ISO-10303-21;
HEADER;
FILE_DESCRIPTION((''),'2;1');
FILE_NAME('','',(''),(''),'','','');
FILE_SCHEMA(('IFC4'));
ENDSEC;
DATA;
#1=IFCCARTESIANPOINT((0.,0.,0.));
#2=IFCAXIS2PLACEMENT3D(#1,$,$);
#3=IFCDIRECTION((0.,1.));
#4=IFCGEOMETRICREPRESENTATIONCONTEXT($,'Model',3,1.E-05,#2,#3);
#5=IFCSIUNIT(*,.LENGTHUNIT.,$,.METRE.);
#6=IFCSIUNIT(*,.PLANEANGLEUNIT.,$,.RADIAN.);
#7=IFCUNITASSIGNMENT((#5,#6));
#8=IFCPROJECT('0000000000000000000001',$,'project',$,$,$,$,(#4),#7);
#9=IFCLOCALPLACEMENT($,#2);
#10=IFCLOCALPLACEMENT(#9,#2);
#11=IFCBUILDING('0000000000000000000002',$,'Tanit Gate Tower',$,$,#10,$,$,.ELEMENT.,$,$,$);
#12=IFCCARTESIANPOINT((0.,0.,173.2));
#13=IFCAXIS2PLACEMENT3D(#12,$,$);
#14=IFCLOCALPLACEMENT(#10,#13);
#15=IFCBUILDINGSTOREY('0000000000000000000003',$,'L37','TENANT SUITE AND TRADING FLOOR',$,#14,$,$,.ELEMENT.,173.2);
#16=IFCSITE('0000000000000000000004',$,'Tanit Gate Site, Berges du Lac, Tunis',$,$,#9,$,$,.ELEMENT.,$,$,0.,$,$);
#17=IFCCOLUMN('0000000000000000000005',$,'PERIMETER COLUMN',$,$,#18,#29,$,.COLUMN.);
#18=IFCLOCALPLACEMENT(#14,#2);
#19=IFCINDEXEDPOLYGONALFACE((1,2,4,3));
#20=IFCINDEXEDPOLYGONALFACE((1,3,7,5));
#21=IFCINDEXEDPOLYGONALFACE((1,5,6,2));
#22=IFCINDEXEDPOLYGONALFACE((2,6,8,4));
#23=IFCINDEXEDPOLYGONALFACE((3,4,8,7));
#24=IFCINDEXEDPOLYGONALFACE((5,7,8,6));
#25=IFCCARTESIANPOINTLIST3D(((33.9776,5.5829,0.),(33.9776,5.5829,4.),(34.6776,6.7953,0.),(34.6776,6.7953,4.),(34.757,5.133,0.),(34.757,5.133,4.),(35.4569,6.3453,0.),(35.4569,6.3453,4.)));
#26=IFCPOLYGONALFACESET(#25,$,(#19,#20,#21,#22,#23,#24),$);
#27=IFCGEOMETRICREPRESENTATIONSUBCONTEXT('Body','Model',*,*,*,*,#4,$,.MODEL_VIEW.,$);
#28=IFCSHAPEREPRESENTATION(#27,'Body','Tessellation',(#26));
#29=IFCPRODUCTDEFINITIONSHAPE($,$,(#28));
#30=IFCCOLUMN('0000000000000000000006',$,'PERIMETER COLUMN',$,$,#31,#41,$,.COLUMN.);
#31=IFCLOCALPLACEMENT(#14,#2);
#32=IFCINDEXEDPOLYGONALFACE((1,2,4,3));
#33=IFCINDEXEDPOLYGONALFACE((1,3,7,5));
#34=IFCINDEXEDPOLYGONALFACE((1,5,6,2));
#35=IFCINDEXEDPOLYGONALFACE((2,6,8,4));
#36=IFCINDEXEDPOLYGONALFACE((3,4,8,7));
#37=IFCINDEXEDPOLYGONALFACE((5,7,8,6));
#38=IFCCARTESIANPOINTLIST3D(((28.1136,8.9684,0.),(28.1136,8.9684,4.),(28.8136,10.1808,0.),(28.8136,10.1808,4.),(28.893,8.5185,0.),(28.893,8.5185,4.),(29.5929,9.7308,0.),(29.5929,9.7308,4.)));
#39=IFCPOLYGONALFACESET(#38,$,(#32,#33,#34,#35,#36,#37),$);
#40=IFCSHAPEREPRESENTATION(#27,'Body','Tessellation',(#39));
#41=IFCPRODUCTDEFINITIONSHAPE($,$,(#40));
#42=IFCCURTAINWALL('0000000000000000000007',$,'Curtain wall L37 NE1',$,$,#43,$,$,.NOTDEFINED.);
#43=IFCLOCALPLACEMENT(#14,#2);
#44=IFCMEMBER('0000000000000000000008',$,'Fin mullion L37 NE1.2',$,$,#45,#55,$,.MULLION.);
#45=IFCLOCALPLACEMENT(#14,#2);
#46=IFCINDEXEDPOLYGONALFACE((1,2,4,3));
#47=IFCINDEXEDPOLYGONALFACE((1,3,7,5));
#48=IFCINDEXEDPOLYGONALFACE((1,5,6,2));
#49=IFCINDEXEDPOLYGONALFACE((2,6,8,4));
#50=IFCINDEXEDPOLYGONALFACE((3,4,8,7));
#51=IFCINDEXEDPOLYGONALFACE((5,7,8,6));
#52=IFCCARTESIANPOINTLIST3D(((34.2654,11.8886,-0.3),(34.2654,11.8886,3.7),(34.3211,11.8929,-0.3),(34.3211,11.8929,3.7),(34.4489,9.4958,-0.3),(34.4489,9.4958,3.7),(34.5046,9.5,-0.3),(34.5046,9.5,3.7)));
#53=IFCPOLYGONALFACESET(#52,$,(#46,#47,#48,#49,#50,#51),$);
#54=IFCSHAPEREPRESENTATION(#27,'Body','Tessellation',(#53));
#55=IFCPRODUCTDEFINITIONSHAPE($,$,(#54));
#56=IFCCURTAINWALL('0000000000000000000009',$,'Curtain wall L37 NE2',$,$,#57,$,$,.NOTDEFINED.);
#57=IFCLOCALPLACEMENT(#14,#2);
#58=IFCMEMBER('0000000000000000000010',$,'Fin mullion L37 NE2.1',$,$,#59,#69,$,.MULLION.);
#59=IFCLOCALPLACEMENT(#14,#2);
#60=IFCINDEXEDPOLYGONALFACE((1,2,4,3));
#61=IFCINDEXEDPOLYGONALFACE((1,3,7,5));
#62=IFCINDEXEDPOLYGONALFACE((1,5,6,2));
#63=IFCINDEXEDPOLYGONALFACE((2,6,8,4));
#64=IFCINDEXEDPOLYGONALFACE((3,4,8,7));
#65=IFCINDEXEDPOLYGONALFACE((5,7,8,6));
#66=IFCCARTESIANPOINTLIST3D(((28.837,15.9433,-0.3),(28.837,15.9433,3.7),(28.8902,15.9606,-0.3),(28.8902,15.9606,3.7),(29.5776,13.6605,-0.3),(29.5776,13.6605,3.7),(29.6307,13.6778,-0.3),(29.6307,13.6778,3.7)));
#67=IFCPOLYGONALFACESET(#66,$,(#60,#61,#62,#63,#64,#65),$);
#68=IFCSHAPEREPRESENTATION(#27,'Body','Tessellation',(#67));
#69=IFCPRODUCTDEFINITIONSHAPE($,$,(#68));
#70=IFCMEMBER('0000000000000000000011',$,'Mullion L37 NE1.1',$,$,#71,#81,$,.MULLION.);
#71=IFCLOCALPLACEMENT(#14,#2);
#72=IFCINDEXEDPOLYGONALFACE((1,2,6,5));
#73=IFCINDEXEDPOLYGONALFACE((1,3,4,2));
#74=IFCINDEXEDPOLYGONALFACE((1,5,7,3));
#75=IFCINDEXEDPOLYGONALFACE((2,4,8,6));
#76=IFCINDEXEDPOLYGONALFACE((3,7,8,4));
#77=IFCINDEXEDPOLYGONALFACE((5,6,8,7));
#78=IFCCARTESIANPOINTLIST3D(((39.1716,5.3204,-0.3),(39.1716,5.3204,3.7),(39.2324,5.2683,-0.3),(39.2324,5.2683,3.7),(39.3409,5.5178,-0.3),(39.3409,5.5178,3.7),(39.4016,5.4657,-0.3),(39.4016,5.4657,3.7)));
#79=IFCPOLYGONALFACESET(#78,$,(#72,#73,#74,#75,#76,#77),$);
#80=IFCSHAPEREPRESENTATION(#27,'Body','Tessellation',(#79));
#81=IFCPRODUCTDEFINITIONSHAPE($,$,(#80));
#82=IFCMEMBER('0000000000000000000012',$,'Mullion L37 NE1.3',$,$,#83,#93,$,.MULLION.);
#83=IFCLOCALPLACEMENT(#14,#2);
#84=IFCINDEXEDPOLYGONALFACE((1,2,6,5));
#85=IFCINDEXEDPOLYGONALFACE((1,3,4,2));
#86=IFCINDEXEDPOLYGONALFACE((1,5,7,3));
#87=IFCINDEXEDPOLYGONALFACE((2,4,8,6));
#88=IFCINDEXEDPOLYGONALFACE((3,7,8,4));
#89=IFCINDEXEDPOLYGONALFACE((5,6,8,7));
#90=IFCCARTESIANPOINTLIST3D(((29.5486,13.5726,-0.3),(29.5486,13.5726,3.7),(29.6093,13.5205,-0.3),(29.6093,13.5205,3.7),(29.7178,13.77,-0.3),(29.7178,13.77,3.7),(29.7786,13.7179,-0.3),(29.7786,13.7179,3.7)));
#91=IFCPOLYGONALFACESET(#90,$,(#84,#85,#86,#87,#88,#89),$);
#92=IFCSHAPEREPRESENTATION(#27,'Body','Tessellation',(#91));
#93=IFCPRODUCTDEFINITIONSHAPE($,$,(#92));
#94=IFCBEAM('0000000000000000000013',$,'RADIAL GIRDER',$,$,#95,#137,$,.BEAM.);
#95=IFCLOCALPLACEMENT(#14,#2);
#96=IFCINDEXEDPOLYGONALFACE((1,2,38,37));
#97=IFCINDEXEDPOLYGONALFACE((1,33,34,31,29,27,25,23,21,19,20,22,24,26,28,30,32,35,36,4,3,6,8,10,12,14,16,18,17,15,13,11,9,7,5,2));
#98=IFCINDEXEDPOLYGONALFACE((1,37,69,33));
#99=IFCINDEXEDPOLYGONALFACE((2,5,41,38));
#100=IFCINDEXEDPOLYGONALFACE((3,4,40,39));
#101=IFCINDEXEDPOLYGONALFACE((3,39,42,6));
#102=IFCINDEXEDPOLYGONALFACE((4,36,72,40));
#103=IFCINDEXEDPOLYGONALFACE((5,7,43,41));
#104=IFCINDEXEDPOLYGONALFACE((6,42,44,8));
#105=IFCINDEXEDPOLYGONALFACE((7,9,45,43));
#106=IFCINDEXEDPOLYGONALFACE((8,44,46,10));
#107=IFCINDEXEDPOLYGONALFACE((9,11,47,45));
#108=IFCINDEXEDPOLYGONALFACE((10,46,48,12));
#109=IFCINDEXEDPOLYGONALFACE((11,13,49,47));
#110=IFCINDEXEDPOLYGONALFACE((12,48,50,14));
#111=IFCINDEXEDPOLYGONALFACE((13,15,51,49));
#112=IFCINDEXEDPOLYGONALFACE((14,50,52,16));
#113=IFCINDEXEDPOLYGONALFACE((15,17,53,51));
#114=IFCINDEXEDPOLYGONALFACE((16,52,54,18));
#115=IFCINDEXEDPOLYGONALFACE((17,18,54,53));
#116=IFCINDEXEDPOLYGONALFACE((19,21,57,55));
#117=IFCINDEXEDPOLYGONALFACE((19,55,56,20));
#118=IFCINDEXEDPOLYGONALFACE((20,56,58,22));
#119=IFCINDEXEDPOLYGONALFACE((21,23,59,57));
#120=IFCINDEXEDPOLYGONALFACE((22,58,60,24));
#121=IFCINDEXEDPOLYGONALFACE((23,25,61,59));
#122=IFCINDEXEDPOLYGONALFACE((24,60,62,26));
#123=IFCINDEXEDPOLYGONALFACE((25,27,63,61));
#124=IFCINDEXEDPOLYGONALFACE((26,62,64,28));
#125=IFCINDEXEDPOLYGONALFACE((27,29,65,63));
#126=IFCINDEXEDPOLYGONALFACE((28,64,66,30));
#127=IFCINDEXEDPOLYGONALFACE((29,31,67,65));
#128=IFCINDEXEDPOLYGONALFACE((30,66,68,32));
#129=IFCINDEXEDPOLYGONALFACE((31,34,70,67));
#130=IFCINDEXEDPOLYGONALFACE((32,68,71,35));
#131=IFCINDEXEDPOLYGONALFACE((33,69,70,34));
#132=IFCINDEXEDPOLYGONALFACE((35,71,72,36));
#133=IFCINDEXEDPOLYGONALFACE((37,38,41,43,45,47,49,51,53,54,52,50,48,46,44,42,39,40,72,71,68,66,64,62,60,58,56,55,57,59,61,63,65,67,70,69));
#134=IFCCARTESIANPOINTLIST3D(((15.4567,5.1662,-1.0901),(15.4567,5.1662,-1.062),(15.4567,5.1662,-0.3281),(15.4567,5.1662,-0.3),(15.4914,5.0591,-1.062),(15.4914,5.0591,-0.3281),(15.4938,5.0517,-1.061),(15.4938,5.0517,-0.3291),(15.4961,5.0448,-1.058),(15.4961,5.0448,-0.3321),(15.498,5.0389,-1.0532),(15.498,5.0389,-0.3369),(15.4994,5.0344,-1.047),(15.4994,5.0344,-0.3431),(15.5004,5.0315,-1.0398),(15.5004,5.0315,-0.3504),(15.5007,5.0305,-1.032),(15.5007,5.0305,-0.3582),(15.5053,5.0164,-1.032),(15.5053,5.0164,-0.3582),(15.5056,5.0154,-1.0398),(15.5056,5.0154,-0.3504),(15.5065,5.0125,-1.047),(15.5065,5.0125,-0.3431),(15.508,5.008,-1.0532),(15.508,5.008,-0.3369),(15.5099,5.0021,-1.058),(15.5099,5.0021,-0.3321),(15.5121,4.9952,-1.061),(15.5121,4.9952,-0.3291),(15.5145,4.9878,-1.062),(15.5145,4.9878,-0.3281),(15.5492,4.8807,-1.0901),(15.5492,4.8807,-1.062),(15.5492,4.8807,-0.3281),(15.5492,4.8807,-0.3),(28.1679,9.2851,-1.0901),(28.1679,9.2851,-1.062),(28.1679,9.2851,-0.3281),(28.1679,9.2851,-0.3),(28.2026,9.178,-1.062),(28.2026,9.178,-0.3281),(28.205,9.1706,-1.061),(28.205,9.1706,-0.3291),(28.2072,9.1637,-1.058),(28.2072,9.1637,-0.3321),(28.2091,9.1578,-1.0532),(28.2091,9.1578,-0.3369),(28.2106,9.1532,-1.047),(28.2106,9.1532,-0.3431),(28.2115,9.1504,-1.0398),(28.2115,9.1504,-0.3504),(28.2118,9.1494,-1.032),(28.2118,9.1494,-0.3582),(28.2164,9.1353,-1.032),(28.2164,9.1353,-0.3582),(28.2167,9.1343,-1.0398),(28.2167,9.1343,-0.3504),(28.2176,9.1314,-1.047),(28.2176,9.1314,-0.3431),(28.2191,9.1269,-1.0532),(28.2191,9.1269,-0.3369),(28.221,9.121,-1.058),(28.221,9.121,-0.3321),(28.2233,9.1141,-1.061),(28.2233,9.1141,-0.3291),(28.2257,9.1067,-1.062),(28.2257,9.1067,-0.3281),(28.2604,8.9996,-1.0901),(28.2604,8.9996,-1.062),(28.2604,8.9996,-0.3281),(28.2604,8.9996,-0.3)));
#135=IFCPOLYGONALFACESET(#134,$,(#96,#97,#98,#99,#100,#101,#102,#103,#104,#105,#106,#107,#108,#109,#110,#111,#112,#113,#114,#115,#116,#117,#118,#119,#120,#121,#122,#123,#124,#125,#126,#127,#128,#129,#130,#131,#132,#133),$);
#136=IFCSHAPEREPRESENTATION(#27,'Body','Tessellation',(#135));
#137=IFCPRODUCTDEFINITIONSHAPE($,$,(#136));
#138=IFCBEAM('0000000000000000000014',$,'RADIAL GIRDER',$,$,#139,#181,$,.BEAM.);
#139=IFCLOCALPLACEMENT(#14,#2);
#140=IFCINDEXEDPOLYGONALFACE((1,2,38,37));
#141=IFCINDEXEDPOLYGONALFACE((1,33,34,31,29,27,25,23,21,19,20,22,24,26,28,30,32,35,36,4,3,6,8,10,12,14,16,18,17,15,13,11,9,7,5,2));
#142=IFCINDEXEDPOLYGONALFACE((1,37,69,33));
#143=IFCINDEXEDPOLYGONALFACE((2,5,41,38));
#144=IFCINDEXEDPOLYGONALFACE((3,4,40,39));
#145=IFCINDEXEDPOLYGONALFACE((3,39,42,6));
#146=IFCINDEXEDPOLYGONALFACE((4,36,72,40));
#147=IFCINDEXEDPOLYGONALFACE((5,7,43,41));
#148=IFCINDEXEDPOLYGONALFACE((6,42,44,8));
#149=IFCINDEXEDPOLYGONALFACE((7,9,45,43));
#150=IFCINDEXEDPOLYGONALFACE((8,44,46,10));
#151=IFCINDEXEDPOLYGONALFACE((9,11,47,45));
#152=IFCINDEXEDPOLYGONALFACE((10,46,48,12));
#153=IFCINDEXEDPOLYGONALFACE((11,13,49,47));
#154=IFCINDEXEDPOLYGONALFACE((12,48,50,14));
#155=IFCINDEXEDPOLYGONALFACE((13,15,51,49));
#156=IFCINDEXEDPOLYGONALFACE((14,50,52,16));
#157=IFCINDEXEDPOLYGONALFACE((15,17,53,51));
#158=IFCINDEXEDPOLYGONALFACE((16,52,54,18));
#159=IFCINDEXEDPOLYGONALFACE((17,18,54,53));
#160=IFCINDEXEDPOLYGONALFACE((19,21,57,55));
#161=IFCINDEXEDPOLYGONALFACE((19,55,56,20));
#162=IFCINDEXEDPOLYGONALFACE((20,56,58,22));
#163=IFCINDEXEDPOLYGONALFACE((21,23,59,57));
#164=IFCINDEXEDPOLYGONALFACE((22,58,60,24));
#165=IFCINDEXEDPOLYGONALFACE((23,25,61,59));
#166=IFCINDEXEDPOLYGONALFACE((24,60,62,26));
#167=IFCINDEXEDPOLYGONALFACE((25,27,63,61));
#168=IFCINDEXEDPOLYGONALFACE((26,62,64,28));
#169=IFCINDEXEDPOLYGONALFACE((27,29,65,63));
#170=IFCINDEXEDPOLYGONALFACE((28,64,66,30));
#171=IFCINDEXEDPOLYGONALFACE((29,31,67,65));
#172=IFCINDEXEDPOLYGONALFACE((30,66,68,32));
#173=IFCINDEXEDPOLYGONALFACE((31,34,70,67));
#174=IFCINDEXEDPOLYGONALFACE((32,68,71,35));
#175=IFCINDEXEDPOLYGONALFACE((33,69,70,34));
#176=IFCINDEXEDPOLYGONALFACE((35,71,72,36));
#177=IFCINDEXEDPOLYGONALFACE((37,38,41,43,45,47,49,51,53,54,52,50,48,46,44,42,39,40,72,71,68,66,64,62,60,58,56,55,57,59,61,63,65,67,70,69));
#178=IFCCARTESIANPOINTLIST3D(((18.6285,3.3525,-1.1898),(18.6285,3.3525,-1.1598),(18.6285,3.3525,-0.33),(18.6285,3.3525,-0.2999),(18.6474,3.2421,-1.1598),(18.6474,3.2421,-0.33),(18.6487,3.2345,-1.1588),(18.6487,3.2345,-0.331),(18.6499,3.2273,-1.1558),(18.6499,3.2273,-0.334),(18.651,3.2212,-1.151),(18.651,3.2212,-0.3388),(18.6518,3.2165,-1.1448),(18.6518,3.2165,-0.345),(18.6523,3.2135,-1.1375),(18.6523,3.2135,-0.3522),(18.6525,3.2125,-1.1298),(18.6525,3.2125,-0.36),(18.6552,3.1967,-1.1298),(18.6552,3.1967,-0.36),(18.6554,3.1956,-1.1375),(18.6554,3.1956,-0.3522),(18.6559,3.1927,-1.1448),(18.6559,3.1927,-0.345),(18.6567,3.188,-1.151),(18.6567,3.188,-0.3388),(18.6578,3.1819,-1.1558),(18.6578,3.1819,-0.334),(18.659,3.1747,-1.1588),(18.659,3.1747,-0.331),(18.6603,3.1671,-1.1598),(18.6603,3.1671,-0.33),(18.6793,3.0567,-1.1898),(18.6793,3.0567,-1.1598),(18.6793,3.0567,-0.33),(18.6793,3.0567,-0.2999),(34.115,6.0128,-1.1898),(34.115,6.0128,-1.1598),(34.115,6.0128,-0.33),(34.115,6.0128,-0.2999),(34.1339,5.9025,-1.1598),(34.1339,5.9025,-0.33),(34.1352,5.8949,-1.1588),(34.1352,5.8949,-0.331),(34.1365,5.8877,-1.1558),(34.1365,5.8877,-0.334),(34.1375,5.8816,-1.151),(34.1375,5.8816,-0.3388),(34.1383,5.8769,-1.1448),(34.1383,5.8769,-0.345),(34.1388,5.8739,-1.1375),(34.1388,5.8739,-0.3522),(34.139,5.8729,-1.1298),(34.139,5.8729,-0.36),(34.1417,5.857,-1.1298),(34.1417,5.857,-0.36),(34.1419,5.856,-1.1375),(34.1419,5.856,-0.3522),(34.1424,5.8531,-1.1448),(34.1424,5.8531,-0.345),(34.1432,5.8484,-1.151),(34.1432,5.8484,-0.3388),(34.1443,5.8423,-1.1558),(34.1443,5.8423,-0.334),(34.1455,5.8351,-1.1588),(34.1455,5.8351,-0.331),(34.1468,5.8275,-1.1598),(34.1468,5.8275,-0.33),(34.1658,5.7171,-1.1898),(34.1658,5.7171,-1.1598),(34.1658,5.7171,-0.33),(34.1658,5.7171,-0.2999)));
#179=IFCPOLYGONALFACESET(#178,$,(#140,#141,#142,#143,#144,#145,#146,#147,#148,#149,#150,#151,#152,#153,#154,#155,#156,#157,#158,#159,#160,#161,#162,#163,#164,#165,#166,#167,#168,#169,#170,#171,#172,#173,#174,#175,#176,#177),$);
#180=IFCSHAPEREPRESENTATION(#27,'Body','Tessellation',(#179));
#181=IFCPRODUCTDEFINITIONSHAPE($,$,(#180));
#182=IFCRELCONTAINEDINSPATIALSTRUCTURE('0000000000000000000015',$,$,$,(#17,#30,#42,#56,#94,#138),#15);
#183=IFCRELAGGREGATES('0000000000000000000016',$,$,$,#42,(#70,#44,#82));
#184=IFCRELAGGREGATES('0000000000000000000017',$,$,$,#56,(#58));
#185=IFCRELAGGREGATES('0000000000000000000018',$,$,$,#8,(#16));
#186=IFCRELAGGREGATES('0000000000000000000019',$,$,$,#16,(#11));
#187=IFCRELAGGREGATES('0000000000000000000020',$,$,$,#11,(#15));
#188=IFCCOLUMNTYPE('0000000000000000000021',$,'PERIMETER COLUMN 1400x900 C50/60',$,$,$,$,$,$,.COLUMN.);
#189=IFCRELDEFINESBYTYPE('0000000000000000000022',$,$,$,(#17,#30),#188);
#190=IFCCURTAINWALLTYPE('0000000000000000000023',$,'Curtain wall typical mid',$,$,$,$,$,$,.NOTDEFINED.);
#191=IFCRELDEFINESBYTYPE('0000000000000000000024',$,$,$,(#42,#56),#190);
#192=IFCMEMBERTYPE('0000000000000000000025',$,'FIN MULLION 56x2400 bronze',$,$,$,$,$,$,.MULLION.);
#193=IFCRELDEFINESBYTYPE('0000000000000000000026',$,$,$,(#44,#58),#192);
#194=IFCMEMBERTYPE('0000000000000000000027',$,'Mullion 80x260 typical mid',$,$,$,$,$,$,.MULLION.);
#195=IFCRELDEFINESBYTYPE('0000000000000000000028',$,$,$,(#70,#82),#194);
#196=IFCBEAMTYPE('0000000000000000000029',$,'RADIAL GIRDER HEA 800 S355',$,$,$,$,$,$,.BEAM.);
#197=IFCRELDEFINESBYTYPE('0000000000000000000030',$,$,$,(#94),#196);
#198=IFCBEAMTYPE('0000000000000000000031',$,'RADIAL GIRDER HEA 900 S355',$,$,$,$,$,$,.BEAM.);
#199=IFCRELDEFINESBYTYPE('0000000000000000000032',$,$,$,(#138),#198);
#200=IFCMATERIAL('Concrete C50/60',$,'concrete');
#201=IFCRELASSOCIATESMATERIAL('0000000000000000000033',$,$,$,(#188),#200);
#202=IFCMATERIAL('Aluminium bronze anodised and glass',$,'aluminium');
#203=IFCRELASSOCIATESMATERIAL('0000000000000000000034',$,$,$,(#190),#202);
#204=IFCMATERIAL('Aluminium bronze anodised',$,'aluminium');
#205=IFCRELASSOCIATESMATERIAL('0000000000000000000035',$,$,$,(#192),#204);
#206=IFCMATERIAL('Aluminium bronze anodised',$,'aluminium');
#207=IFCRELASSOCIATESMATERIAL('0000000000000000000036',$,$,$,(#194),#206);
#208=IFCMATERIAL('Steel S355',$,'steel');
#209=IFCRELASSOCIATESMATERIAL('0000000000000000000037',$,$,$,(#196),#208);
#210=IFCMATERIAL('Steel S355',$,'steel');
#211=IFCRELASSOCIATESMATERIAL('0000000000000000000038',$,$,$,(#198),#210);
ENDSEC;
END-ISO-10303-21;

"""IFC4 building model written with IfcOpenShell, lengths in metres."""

from ifc_helpers import new_model, si_unit, direction, frame, origin, origin_2d, place, context, subcontext, project, spatial, rectangle, i_section, extrude, material, material_profile, profile_set, type_object, element, aggregate, save


model = new_model("IFC4")

# Units and contexts
model_context = context("Model", 3, precision=1e-05, world=origin(), true_north=direction((0.0, 1.0)))
body_context = subcontext(model_context, "Body", "Model", "MODEL_VIEW")
ifc_project = project(units=[si_unit("LENGTHUNIT", "METRE"), si_unit("PLANEANGLEUNIT", "RADIAN")], contexts=[model_context])

# Site, building, storey
site_placement = place(None, origin())
site = spatial("IfcSite", under=ifc_project, at=site_placement, Name="Tanit Gate Site, Berges du Lac, Tunis", CompositionType="ELEMENT", RefElevation=0.0)
building_placement = place(site_placement, origin())
building = spatial("IfcBuilding", under=site, at=building_placement, Name="Tanit Gate Tower", CompositionType="ELEMENT")
storey_placement = place(building_placement, frame((0.0, 0.0, 173.2)))
storey = spatial("IfcBuildingStorey", under=building, at=storey_placement, Name="L37", Description="TENANT SUITE AND TRADING FLOOR", CompositionType="ELEMENT", Elevation=173.2)

# Columns
ifc_material_1 = material(Name="Concrete C50/60", Category="concrete")
ifc_material_profile_1 = material_profile(ifc_material_1, rectangle(XDim=1.3999, YDim=0.8999, at=origin_2d()), Name="RC 1400x900")
ifc_profile_set_1 = profile_set([ifc_material_profile_1], Name="Concrete C50/60")
column_type = type_object("IfcColumnType", Name="PERIMETER COLUMN 1400x900 C50/60", PredefinedType="COLUMN", material=ifc_profile_set_1)
for number, where, z_axis, x_axis, name in (
    (1, (34.7173, 5.9641, 0.0), (0.0, 0.0, 1.0), (0.5, 0.866025, 0.0), "PERIMETER COLUMN"),
    (2, (28.8533, 9.3496, 0.0), (0.0, 0.0, 1.0), (0.5, 0.866025, 0.0), "PERIMETER COLUMN"),
):
    element("IfcColumn", number, at=place(storey_placement, frame(where, z_axis=z_axis, x_axis=x_axis)), inside=storey, type_object=column_type, Name=name, PredefinedType="COLUMN", context=body_context, shape_type="SweptSolid", body=[
        extrude(rectangle(XDim=1.3999, YDim=0.8999, at=origin_2d()), origin(), (0.0, 0.0, 1.0), 4.0),
    ])

# Curtain walls, members
ifc_material_2 = material(Name="Aluminium bronze anodised and glass", Category="aluminium")
curtain_wall_type = type_object("IfcCurtainWallType", Name="Curtain wall typical mid", PredefinedType="NOTDEFINED", material=ifc_material_2)
curtain_wall_1_placement = place(storey_placement, origin())
curtain_wall_1 = element("IfcCurtainWall", 3, at=curtain_wall_1_placement, inside=storey, type_object=curtain_wall_type, Name="Curtain wall L37 NE1", PredefinedType="NOTDEFINED")
ifc_material_3 = material(Name="Aluminium bronze anodised", Category="aluminium")
ifc_material_profile_2 = material_profile(ifc_material_3, rectangle(XDim=2.3999, YDim=0.0559, at=origin_2d()), Name="56x2400 bronze fin mullion")
ifc_profile_set_2 = profile_set([ifc_material_profile_2], Name="Aluminium bronze anodised")
member_type_1 = type_object("IfcMemberType", Name="FIN MULLION 56x2400 bronze", PredefinedType="MULLION", material=ifc_profile_set_2)
member_1_placement = place(storey_placement, frame((34.385, 10.6943, -0.3), z_axis=(0.0, 0.0, 1.0), x_axis=(0.076471, -0.997072, 0.0)))
member_1 = element("IfcMember", 4, at=member_1_placement, type_object=member_type_1, Name="Fin mullion L37 NE1.2", PredefinedType="MULLION", context=body_context, shape_type="SweptSolid", body=[
    extrude(rectangle(XDim=2.3999, YDim=0.0559, at=origin_2d()), origin(), (0.0, 0.0, 1.0), 4.0),
])
curtain_wall_2_placement = place(storey_placement, origin())
curtain_wall_2 = element("IfcCurtainWall", 5, at=curtain_wall_2_placement, inside=storey, type_object=curtain_wall_type, Name="Curtain wall L37 NE2", PredefinedType="NOTDEFINED")
member_2_placement = place(storey_placement, frame((29.2339, 14.8105, -0.3), z_axis=(0.0, 0.0, 1.0), x_axis=(0.308568, -0.951202, 0.0)))
member_2 = element("IfcMember", 6, at=member_2_placement, type_object=member_type_1, Name="Fin mullion L37 NE2.1", PredefinedType="MULLION", context=body_context, shape_type="SweptSolid", body=[
    extrude(rectangle(XDim=2.3999, YDim=0.0559, at=origin_2d()), origin(), (0.0, 0.0, 1.0), 4.0),
])

# Members
ifc_material_4 = material(Name="Aluminium bronze anodised", Category="aluminium")
ifc_material_profile_3 = material_profile(ifc_material_4, rectangle(XDim=0.26, YDim=0.0801, at=origin_2d()), Name="80x260 bronze mullion")
ifc_profile_set_3 = profile_set([ifc_material_profile_3], Name="Aluminium bronze anodised")
member_type_2 = type_object("IfcMemberType", Name="Mullion 80x260 typical mid", PredefinedType="MULLION", material=ifc_profile_set_3)
member_3_placement = place(storey_placement, frame((39.2866, 5.3931, -0.3), z_axis=(0.0, 0.0, 1.0), x_axis=(-0.650963, -0.759109, 0.0)))
member_3 = element("IfcMember", 7, at=member_3_placement, type_object=member_type_2, Name="Mullion L37 NE1.1", PredefinedType="MULLION", context=body_context, shape_type="SweptSolid", body=[
    extrude(rectangle(XDim=0.26, YDim=0.0801, at=origin_2d()), origin(), (0.0, 0.0, 1.0), 4.0),
])
member_4_placement = place(storey_placement, frame((29.6636, 13.6453, -0.3), z_axis=(0.0, 0.0, 1.0), x_axis=(-0.650963, -0.759109, 0.0)))
member_4 = element("IfcMember", 8, at=member_4_placement, type_object=member_type_2, Name="Mullion L37 NE1.3", PredefinedType="MULLION", context=body_context, shape_type="SweptSolid", body=[
    extrude(rectangle(XDim=0.26, YDim=0.0801, at=origin_2d()), origin(), (0.0, 0.0, 1.0), 4.0),
])

# Beams
ifc_material_5 = material(Name="Steel S355", Category="steel")
ifc_material_profile_4 = material_profile(ifc_material_5, i_section(OverallWidth=0.3, OverallDepth=0.79, WebThickness=0.0149, FlangeThickness=0.0281, FilletRadius=0.03, at=origin_2d()), Name="HEA 800")
ifc_profile_set_4 = profile_set([ifc_material_profile_4], Name="Steel S355")
beam_type_1 = type_object("IfcBeamType", Name="RADIAL GIRDER HEA 800 S355", PredefinedType="BEAM", material=ifc_profile_set_4)
beam_1_placement = place(storey_placement, frame((28.2141, 9.1423, -0.6951), z_axis=(-0.951303, -0.308258, 0.0), x_axis=(0.308258, -0.951303, 0.0)))
element("IfcBeam", 9, at=beam_1_placement, inside=storey, type_object=beam_type_1, Name="RADIAL GIRDER", PredefinedType="BEAM", context=body_context, shape_type="SweptSolid", body=[
    extrude(i_section(OverallWidth=0.3, OverallDepth=0.79, WebThickness=0.0149, FlangeThickness=0.0281, FilletRadius=0.03, at=origin_2d()), origin(), (0.0, 0.0, 1.0), 13.3618),
])
ifc_material_6 = material(Name="Steel S355", Category="steel")
ifc_material_profile_5 = material_profile(ifc_material_6, i_section(OverallWidth=0.3, OverallDepth=0.8899, WebThickness=0.0161, FlangeThickness=0.03, FilletRadius=0.03, at=origin_2d()), Name="HEA 900")
ifc_profile_set_5 = profile_set([ifc_material_profile_5], Name="Steel S355")
beam_type_2 = type_object("IfcBeamType", Name="RADIAL GIRDER HEA 900 S355", PredefinedType="BEAM", material=ifc_profile_set_5)
beam_2_placement = place(storey_placement, frame((34.1404, 5.865, -0.7449), z_axis=(-0.985563, -0.169308, 0.0), x_axis=(0.169308, -0.985563, 0.0)))
element("IfcBeam", 10, at=beam_2_placement, inside=storey, type_object=beam_type_2, Name="RADIAL GIRDER", PredefinedType="BEAM", context=body_context, shape_type="SweptSolid", body=[
    extrude(i_section(OverallWidth=0.3, OverallDepth=0.8899, WebThickness=0.0161, FlangeThickness=0.03, FilletRadius=0.03, at=origin_2d()), origin(), (0.0, 0.0, 1.0), 15.7134),
])

aggregate(curtain_wall_1, [member_3, member_1, member_4])
aggregate(curtain_wall_2, [member_2])

save(model, "model.ifc")
